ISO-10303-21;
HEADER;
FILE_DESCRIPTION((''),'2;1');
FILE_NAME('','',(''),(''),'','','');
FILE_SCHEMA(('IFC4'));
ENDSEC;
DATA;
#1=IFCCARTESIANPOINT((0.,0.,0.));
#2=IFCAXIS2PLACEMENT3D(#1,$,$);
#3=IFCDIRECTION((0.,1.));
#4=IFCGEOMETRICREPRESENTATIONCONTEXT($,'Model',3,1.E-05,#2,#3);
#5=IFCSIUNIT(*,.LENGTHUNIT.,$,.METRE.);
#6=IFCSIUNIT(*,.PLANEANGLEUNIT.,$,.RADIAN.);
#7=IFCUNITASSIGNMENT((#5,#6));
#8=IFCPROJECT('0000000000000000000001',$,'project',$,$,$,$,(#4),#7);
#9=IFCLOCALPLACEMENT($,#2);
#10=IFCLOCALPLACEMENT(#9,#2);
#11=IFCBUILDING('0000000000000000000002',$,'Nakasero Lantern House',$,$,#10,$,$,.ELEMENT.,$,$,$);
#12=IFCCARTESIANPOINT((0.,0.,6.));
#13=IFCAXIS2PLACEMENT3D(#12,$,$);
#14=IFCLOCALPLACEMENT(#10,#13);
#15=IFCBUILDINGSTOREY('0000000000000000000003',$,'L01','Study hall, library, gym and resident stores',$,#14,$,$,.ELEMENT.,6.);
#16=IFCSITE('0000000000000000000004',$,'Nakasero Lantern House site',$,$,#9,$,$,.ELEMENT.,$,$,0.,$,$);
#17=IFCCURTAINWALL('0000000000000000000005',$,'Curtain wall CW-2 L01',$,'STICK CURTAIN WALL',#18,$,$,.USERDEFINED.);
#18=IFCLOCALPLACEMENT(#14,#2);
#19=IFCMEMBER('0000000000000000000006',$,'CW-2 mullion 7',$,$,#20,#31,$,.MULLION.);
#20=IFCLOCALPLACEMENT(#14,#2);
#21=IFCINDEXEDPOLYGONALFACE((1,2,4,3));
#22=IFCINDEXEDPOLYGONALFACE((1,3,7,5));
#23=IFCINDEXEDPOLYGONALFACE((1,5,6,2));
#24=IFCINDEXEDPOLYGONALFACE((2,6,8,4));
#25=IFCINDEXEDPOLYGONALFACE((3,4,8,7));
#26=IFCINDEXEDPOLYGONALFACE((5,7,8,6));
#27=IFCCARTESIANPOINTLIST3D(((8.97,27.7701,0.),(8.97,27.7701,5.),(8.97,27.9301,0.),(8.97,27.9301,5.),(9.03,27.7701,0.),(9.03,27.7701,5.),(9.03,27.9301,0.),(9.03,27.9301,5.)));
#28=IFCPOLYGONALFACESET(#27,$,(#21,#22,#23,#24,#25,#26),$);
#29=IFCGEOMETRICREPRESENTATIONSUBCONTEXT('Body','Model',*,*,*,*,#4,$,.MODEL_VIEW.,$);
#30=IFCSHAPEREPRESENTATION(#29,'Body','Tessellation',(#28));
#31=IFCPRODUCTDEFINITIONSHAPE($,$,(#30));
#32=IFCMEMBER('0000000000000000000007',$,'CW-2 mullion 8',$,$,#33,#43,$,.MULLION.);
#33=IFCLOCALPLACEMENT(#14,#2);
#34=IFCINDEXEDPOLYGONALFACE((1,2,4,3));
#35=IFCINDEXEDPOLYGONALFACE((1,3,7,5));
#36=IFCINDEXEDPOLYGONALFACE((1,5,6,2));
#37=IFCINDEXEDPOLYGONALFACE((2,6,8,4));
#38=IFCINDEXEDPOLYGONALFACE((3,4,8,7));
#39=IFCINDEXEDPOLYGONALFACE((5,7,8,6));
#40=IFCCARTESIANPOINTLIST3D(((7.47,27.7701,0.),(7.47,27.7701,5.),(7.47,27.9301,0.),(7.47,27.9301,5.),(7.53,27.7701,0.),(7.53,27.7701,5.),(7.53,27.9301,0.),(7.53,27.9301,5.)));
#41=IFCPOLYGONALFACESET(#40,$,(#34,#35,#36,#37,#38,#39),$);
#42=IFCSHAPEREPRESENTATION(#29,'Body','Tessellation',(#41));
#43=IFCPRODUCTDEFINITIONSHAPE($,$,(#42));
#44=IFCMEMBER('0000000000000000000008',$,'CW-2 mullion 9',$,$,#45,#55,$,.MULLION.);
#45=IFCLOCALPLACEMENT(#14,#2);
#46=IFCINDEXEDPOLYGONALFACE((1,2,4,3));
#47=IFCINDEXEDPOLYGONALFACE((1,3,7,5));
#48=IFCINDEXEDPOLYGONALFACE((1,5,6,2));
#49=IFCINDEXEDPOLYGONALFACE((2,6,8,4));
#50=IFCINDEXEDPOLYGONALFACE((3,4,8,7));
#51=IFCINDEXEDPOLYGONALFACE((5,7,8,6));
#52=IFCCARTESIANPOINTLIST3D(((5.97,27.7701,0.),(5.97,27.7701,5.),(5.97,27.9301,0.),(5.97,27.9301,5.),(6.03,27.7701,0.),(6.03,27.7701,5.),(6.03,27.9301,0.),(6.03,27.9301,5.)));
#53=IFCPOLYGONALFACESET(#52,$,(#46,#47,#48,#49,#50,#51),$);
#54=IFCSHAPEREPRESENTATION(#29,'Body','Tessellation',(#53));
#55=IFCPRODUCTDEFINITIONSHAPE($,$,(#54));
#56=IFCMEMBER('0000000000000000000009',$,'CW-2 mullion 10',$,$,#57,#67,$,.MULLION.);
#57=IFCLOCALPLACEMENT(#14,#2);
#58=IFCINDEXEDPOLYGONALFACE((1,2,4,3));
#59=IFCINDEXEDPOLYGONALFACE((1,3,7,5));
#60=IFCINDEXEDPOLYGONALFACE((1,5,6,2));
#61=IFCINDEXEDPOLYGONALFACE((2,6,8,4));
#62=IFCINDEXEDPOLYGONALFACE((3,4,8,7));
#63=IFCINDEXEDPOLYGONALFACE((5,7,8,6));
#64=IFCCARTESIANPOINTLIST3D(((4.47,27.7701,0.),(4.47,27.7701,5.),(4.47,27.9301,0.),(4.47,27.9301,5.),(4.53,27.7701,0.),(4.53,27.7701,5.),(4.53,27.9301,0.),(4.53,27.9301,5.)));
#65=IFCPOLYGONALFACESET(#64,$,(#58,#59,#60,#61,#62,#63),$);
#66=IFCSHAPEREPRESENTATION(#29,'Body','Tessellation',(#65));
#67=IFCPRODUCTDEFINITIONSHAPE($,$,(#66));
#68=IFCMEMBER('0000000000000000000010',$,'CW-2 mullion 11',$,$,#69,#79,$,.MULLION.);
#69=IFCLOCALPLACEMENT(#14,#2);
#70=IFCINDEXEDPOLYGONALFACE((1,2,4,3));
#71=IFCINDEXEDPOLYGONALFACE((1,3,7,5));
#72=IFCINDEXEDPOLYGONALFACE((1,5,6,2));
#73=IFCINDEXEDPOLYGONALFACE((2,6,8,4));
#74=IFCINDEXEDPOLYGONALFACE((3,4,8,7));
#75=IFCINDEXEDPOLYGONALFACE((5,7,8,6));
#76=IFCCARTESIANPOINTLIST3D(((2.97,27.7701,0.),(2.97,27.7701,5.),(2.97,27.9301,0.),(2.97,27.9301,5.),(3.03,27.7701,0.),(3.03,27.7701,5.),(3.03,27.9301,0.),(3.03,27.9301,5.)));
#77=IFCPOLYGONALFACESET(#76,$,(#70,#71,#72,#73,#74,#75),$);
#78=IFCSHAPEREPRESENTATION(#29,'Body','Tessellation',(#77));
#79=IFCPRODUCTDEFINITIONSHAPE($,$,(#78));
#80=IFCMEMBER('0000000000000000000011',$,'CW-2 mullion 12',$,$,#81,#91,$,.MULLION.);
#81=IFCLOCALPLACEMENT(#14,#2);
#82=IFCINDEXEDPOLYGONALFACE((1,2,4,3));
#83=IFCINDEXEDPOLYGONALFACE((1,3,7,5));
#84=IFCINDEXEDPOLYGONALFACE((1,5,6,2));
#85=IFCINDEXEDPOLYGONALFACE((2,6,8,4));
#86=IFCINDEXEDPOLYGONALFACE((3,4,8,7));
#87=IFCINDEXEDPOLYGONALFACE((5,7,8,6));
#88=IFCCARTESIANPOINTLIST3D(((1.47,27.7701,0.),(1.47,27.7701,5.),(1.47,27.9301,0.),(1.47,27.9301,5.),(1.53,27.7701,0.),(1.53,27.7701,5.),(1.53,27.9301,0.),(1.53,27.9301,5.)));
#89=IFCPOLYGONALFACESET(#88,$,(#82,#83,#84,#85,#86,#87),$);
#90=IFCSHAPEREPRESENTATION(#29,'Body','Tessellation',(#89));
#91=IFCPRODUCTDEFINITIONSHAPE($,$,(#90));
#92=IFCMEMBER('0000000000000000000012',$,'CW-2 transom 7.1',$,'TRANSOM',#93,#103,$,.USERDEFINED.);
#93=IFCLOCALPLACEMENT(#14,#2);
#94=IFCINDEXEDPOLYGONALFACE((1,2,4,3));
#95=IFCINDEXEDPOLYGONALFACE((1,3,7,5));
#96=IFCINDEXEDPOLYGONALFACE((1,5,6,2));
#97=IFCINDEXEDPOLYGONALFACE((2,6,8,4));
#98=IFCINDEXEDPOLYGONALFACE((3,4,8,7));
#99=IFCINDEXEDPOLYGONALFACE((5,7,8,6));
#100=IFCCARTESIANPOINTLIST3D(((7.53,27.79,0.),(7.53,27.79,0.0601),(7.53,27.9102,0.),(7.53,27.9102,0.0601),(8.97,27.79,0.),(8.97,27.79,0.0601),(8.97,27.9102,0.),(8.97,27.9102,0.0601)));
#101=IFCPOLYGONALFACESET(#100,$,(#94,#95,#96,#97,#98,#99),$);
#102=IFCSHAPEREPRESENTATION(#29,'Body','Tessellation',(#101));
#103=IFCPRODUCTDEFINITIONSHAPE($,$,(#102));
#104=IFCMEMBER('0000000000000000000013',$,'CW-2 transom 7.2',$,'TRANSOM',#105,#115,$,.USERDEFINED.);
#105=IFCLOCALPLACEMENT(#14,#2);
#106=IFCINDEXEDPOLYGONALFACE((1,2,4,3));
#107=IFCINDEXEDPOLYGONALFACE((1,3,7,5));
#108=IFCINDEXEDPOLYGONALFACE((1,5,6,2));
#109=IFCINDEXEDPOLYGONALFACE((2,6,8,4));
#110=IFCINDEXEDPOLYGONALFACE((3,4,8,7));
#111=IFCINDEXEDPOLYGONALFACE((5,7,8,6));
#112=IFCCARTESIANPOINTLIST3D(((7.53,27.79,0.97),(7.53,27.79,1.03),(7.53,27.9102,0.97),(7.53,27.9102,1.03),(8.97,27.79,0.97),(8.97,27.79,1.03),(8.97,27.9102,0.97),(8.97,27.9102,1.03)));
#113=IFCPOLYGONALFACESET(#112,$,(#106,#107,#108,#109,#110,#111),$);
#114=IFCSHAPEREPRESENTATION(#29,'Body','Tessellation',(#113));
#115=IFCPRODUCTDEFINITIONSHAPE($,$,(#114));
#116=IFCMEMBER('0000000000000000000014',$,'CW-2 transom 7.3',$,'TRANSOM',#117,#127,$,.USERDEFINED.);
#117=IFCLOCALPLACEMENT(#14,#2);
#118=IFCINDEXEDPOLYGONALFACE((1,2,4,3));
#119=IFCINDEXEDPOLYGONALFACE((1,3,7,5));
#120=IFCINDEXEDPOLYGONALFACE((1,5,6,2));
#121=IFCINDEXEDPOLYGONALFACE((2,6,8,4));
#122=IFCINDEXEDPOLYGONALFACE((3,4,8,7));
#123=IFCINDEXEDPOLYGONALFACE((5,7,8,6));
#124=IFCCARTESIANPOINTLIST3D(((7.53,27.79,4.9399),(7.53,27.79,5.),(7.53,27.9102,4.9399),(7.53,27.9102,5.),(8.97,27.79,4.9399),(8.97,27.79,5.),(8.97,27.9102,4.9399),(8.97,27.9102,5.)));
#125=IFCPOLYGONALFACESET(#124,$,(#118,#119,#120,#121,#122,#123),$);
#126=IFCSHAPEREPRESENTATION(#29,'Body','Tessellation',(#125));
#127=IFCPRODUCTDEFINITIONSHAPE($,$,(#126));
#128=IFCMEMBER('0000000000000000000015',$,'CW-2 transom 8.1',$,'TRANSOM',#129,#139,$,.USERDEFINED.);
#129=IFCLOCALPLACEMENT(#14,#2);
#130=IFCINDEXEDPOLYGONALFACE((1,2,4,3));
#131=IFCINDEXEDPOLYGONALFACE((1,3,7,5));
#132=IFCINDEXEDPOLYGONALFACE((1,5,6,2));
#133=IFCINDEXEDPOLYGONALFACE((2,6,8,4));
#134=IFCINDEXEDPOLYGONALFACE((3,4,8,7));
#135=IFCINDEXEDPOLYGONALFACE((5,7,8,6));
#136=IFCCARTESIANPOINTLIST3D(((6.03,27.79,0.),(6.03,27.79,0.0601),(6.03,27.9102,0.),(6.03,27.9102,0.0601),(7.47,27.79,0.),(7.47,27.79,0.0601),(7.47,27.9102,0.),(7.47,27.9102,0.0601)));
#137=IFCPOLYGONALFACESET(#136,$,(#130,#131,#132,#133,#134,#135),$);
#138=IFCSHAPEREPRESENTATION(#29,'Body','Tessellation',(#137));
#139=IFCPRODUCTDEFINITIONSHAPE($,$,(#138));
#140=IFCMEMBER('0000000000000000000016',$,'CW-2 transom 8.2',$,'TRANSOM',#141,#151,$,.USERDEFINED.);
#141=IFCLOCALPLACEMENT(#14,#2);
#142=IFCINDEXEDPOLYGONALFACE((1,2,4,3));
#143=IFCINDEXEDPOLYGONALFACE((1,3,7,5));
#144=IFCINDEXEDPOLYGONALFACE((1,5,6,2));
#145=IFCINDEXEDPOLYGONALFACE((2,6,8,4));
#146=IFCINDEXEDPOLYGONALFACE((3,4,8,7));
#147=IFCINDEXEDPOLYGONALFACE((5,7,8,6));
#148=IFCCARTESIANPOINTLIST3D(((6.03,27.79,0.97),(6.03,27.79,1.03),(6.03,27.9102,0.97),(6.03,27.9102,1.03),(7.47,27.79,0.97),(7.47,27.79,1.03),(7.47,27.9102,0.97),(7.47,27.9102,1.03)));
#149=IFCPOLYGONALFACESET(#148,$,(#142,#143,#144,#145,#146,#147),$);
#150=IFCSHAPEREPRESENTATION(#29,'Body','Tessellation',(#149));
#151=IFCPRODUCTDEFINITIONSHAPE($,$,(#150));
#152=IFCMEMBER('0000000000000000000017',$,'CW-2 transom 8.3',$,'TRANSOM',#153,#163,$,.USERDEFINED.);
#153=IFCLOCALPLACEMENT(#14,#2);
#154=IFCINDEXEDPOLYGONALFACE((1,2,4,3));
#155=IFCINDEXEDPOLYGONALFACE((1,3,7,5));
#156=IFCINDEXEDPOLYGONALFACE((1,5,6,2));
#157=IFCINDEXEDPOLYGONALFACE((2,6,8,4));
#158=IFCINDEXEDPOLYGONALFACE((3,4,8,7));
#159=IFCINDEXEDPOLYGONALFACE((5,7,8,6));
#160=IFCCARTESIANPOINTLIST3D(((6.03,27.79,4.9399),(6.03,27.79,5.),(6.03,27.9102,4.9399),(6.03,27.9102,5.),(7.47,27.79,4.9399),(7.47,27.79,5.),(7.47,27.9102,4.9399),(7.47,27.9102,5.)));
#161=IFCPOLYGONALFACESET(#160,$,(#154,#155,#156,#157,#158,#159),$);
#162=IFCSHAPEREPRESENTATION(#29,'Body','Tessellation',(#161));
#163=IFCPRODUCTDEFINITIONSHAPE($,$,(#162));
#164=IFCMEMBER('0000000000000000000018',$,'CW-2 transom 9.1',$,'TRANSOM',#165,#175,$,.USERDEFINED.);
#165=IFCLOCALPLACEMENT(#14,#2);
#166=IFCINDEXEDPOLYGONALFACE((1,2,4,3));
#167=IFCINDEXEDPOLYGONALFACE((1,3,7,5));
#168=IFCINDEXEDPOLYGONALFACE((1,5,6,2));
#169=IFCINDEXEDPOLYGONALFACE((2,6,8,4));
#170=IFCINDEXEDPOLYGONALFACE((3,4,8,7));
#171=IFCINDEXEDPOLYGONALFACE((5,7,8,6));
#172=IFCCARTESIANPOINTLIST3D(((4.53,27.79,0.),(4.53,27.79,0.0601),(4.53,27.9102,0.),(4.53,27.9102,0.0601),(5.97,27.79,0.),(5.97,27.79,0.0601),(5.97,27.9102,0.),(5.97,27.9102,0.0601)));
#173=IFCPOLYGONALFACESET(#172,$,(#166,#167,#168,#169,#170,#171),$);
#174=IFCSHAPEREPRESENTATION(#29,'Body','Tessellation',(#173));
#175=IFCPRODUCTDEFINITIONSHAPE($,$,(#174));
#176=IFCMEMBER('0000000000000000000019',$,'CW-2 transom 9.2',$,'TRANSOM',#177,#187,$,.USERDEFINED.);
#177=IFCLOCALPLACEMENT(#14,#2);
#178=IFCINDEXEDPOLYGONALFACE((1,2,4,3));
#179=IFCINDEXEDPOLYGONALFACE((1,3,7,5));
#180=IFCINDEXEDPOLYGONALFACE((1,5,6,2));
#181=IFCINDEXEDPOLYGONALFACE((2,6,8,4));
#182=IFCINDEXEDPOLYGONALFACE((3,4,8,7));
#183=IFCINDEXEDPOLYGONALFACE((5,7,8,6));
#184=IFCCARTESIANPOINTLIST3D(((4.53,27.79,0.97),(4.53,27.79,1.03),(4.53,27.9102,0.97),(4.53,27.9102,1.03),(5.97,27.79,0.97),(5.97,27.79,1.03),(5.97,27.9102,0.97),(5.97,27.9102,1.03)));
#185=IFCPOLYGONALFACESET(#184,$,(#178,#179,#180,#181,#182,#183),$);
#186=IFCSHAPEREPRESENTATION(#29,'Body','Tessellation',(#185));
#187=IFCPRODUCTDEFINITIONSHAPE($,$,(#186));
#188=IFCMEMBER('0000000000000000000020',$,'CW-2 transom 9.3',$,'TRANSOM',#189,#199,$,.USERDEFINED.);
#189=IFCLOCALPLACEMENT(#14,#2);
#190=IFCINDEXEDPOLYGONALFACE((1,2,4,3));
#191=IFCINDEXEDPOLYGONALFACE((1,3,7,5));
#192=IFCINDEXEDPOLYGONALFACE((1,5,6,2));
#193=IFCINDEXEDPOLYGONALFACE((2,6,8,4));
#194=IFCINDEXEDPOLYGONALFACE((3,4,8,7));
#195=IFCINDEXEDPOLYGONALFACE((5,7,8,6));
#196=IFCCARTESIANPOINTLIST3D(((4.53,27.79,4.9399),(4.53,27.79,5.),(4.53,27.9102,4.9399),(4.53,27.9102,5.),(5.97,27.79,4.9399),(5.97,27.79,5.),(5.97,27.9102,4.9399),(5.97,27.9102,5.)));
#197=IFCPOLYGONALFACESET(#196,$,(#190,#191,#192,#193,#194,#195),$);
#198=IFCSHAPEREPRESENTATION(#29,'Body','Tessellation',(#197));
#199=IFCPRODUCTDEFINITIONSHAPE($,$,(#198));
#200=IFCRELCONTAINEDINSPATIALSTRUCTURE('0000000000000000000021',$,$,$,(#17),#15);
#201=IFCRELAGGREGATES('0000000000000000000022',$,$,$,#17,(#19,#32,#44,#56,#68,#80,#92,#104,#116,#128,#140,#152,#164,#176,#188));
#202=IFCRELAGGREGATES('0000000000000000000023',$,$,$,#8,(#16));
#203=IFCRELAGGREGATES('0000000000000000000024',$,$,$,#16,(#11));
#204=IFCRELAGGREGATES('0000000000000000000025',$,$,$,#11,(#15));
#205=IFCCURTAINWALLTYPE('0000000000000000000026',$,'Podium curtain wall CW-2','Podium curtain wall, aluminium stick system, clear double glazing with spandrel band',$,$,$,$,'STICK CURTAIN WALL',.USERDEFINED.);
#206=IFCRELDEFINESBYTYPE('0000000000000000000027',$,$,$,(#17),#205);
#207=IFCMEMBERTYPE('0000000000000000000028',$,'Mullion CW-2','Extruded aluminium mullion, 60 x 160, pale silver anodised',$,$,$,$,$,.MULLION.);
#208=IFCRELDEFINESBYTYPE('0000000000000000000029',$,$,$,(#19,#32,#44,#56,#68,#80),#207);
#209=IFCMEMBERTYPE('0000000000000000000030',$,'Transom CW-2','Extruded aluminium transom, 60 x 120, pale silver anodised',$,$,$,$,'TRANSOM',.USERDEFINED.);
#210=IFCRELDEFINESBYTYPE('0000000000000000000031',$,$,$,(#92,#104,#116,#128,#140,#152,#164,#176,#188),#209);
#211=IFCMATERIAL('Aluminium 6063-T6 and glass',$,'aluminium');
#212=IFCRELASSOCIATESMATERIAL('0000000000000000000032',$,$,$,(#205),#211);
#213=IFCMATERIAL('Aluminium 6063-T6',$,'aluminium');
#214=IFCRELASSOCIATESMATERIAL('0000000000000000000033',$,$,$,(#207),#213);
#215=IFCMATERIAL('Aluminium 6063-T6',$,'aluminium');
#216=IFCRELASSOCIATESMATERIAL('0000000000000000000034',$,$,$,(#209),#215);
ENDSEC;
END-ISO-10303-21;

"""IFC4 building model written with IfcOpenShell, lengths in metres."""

from ifc_helpers import new_model, si_unit, direction, frame, origin, origin_2d, place, context, subcontext, project, spatial, rectangle, extrude, material, material_profile, profile_set, type_object, element, aggregate, save


model = new_model("IFC4")

# Units and contexts
model_context = context("Model", 3, precision=1e-05, world=origin(), true_north=direction((0.0, 1.0)))
body_context = subcontext(model_context, "Body", "Model", "MODEL_VIEW")
ifc_project = project(units=[si_unit("LENGTHUNIT", "METRE"), si_unit("PLANEANGLEUNIT", "RADIAN")], contexts=[model_context])

# Site, building, storey
site_placement = place(None, origin())
site = spatial("IfcSite", under=ifc_project, at=site_placement, Name="Nakasero Lantern House site", CompositionType="ELEMENT", RefElevation=0.0)
building_placement = place(site_placement, origin())
building = spatial("IfcBuilding", under=site, at=building_placement, Name="Nakasero Lantern House", CompositionType="ELEMENT")
storey_placement = place(building_placement, frame((0.0, 0.0, 6.0)))
storey = spatial("IfcBuildingStorey", under=building, at=storey_placement, Name="L01", Description="Study hall, library, gym and resident stores", CompositionType="ELEMENT", Elevation=6.0)

# Curtain wall, members
ifc_material_1 = material(Name="Aluminium 6063-T6 and glass", Category="aluminium")
curtain_wall_type = type_object("IfcCurtainWallType", Name="Podium curtain wall CW-2", Description="Podium curtain wall, aluminium stick system, clear double glazing with spandrel band", ElementType="STICK CURTAIN WALL", PredefinedType="USERDEFINED", material=ifc_material_1)
curtain_wall_placement = place(storey_placement, origin())
curtain_wall = element("IfcCurtainWall", 1, at=curtain_wall_placement, inside=storey, type_object=curtain_wall_type, Name="Curtain wall CW-2 L01", ObjectType="STICK CURTAIN WALL", PredefinedType="USERDEFINED")
ifc_material_2 = material(Name="Aluminium 6063-T6", Category="aluminium")
ifc_material_profile_1 = material_profile(ifc_material_2, rectangle(XDim=0.0601, YDim=0.1599, at=origin_2d()), Name="CW-2 mullion 60x160")
ifc_profile_set_1 = profile_set([ifc_material_profile_1], Name="Aluminium 6063-T6")
member_type_1 = type_object("IfcMemberType", Name="Mullion CW-2", Description="Extruded aluminium mullion, 60 x 160, pale silver anodised", PredefinedType="MULLION", material=ifc_profile_set_1)
member_1_placement = place(storey_placement, frame((9.0, 27.8501, 0.0), z_axis=(0.0, 0.0, 1.0), x_axis=(-1.0, 0.0, 0.0)))
member_1 = element("IfcMember", 2, at=member_1_placement, type_object=member_type_1, Name="CW-2 mullion 7", PredefinedType="MULLION", context=body_context, shape_type="SweptSolid", body=[
    extrude(rectangle(XDim=0.0601, YDim=0.1599, at=origin_2d()), origin(), (0.0, 0.0, 1.0), 5.0),
])
member_2_placement = place(storey_placement, frame((7.5, 27.8501, 0.0), z_axis=(0.0, 0.0, 1.0), x_axis=(-1.0, 0.0, 0.0)))
member_2 = element("IfcMember", 3, at=member_2_placement, type_object=member_type_1, Name="CW-2 mullion 8", PredefinedType="MULLION", context=body_context, shape_type="SweptSolid", body=[
    extrude(rectangle(XDim=0.0601, YDim=0.1599, at=origin_2d()), origin(), (0.0, 0.0, 1.0), 5.0),
])
member_3_placement = place(storey_placement, frame((6.0, 27.8501, 0.0), z_axis=(0.0, 0.0, 1.0), x_axis=(-1.0, 0.0, 0.0)))
member_3 = element("IfcMember", 4, at=member_3_placement, type_object=member_type_1, Name="CW-2 mullion 9", PredefinedType="MULLION", context=body_context, shape_type="SweptSolid", body=[
    extrude(rectangle(XDim=0.0601, YDim=0.1599, at=origin_2d()), origin(), (0.0, 0.0, 1.0), 5.0),
])
member_4_placement = place(storey_placement, frame((4.5, 27.8501, 0.0), z_axis=(0.0, 0.0, 1.0), x_axis=(-1.0, 0.0, 0.0)))
member_4 = element("IfcMember", 5, at=member_4_placement, type_object=member_type_1, Name="CW-2 mullion 10", PredefinedType="MULLION", context=body_context, shape_type="SweptSolid", body=[
    extrude(rectangle(XDim=0.0601, YDim=0.1599, at=origin_2d()), origin(), (0.0, 0.0, 1.0), 5.0),
])
member_5_placement = place(storey_placement, frame((3.0, 27.8501, 0.0), z_axis=(0.0, 0.0, 1.0), x_axis=(-1.0, 0.0, 0.0)))
member_5 = element("IfcMember", 6, at=member_5_placement, type_object=member_type_1, Name="CW-2 mullion 11", PredefinedType="MULLION", context=body_context, shape_type="SweptSolid", body=[
    extrude(rectangle(XDim=0.0601, YDim=0.1599, at=origin_2d()), origin(), (0.0, 0.0, 1.0), 5.0),
])
member_6_placement = place(storey_placement, frame((1.5, 27.8501, 0.0), z_axis=(0.0, 0.0, 1.0), x_axis=(-1.0, 0.0, 0.0)))
member_6 = element("IfcMember", 7, at=member_6_placement, type_object=member_type_1, Name="CW-2 mullion 12", PredefinedType="MULLION", context=body_context, shape_type="SweptSolid", body=[
    extrude(rectangle(XDim=0.0601, YDim=0.1599, at=origin_2d()), origin(), (0.0, 0.0, 1.0), 5.0),
])
ifc_material_3 = material(Name="Aluminium 6063-T6", Category="aluminium")
ifc_material_profile_2 = material_profile(ifc_material_3, rectangle(XDim=0.0601, YDim=0.1201, at=origin_2d()), Name="CW-2 transom 60x120")
ifc_profile_set_2 = profile_set([ifc_material_profile_2], Name="Aluminium 6063-T6")
member_type_2 = type_object("IfcMemberType", Name="Transom CW-2", Description="Extruded aluminium transom, 60 x 120, pale silver anodised", ElementType="TRANSOM", PredefinedType="USERDEFINED", material=ifc_profile_set_2)
member_7_placement = place(storey_placement, frame((8.97, 27.8501, 0.03), z_axis=(-1.0, 0.0, 0.0), x_axis=(0.0, 0.0, 1.0)))
member_7 = element("IfcMember", 8, at=member_7_placement, type_object=member_type_2, Name="CW-2 transom 7.1", ObjectType="TRANSOM", PredefinedType="USERDEFINED", context=body_context, shape_type="SweptSolid", body=[
    extrude(rectangle(XDim=0.0601, YDim=0.1201, at=origin_2d()), origin(), (0.0, 0.0, 1.0), 1.4399),
])
member_8_placement = place(storey_placement, frame((8.97, 27.8501, 1.0), z_axis=(-1.0, 0.0, 0.0), x_axis=(0.0, 0.0, 1.0)))
member_8 = element("IfcMember", 9, at=member_8_placement, type_object=member_type_2, Name="CW-2 transom 7.2", ObjectType="TRANSOM", PredefinedType="USERDEFINED", context=body_context, shape_type="SweptSolid", body=[
    extrude(rectangle(XDim=0.0601, YDim=0.1201, at=origin_2d()), origin(), (0.0, 0.0, 1.0), 1.4399),
])
member_9_placement = place(storey_placement, frame((8.97, 27.8501, 4.97), z_axis=(-1.0, 0.0, 0.0), x_axis=(0.0, 0.0, 1.0)))
member_9 = element("IfcMember", 10, at=member_9_placement, type_object=member_type_2, Name="CW-2 transom 7.3", ObjectType="TRANSOM", PredefinedType="USERDEFINED", context=body_context, shape_type="SweptSolid", body=[
    extrude(rectangle(XDim=0.0601, YDim=0.1201, at=origin_2d()), origin(), (0.0, 0.0, 1.0), 1.4399),
])
member_10_placement = place(storey_placement, frame((7.47, 27.8501, 0.03), z_axis=(-1.0, 0.0, 0.0), x_axis=(0.0, 0.0, 1.0)))
member_10 = element("IfcMember", 11, at=member_10_placement, type_object=member_type_2, Name="CW-2 transom 8.1", ObjectType="TRANSOM", PredefinedType="USERDEFINED", context=body_context, shape_type="SweptSolid", body=[
    extrude(rectangle(XDim=0.0601, YDim=0.1201, at=origin_2d()), origin(), (0.0, 0.0, 1.0), 1.4399),
])
member_11_placement = place(storey_placement, frame((7.47, 27.8501, 1.0), z_axis=(-1.0, 0.0, 0.0), x_axis=(0.0, 0.0, 1.0)))
member_11 = element("IfcMember", 12, at=member_11_placement, type_object=member_type_2, Name="CW-2 transom 8.2", ObjectType="TRANSOM", PredefinedType="USERDEFINED", context=body_context, shape_type="SweptSolid", body=[
    extrude(rectangle(XDim=0.0601, YDim=0.1201, at=origin_2d()), origin(), (0.0, 0.0, 1.0), 1.4399),
])
member_12_placement = place(storey_placement, frame((7.47, 27.8501, 4.97), z_axis=(-1.0, 0.0, 0.0), x_axis=(0.0, 0.0, 1.0)))
member_12 = element("IfcMember", 13, at=member_12_placement, type_object=member_type_2, Name="CW-2 transom 8.3", ObjectType="TRANSOM", PredefinedType="USERDEFINED", context=body_context, shape_type="SweptSolid", body=[
    extrude(rectangle(XDim=0.0601, YDim=0.1201, at=origin_2d()), origin(), (0.0, 0.0, 1.0), 1.4399),
])
member_13_placement = place(storey_placement, frame((5.97, 27.8501, 0.03), z_axis=(-1.0, 0.0, 0.0), x_axis=(0.0, 0.0, 1.0)))
member_13 = element("IfcMember", 14, at=member_13_placement, type_object=member_type_2, Name="CW-2 transom 9.1", ObjectType="TRANSOM", PredefinedType="USERDEFINED", context=body_context, shape_type="SweptSolid", body=[
    extrude(rectangle(XDim=0.0601, YDim=0.1201, at=origin_2d()), origin(), (0.0, 0.0, 1.0), 1.4399),
])
member_14_placement = place(storey_placement, frame((5.97, 27.8501, 1.0), z_axis=(-1.0, 0.0, 0.0), x_axis=(0.0, 0.0, 1.0)))
member_14 = element("IfcMember", 15, at=member_14_placement, type_object=member_type_2, Name="CW-2 transom 9.2", ObjectType="TRANSOM", PredefinedType="USERDEFINED", context=body_context, shape_type="SweptSolid", body=[
    extrude(rectangle(XDim=0.0601, YDim=0.1201, at=origin_2d()), origin(), (0.0, 0.0, 1.0), 1.4399),
])
member_15_placement = place(storey_placement, frame((5.97, 27.8501, 4.97), z_axis=(-1.0, 0.0, 0.0), x_axis=(0.0, 0.0, 1.0)))
member_15 = element("IfcMember", 16, at=member_15_placement, type_object=member_type_2, Name="CW-2 transom 9.3", ObjectType="TRANSOM", PredefinedType="USERDEFINED", context=body_context, shape_type="SweptSolid", body=[
    extrude(rectangle(XDim=0.0601, YDim=0.1201, at=origin_2d()), origin(), (0.0, 0.0, 1.0), 1.4399),
])
aggregate(curtain_wall, [member_1, member_2, member_3, member_4, member_5, member_6, member_7, member_8, member_9, member_10, member_11, member_12, member_13, member_14, member_15])

save(model, "model.ifc")
